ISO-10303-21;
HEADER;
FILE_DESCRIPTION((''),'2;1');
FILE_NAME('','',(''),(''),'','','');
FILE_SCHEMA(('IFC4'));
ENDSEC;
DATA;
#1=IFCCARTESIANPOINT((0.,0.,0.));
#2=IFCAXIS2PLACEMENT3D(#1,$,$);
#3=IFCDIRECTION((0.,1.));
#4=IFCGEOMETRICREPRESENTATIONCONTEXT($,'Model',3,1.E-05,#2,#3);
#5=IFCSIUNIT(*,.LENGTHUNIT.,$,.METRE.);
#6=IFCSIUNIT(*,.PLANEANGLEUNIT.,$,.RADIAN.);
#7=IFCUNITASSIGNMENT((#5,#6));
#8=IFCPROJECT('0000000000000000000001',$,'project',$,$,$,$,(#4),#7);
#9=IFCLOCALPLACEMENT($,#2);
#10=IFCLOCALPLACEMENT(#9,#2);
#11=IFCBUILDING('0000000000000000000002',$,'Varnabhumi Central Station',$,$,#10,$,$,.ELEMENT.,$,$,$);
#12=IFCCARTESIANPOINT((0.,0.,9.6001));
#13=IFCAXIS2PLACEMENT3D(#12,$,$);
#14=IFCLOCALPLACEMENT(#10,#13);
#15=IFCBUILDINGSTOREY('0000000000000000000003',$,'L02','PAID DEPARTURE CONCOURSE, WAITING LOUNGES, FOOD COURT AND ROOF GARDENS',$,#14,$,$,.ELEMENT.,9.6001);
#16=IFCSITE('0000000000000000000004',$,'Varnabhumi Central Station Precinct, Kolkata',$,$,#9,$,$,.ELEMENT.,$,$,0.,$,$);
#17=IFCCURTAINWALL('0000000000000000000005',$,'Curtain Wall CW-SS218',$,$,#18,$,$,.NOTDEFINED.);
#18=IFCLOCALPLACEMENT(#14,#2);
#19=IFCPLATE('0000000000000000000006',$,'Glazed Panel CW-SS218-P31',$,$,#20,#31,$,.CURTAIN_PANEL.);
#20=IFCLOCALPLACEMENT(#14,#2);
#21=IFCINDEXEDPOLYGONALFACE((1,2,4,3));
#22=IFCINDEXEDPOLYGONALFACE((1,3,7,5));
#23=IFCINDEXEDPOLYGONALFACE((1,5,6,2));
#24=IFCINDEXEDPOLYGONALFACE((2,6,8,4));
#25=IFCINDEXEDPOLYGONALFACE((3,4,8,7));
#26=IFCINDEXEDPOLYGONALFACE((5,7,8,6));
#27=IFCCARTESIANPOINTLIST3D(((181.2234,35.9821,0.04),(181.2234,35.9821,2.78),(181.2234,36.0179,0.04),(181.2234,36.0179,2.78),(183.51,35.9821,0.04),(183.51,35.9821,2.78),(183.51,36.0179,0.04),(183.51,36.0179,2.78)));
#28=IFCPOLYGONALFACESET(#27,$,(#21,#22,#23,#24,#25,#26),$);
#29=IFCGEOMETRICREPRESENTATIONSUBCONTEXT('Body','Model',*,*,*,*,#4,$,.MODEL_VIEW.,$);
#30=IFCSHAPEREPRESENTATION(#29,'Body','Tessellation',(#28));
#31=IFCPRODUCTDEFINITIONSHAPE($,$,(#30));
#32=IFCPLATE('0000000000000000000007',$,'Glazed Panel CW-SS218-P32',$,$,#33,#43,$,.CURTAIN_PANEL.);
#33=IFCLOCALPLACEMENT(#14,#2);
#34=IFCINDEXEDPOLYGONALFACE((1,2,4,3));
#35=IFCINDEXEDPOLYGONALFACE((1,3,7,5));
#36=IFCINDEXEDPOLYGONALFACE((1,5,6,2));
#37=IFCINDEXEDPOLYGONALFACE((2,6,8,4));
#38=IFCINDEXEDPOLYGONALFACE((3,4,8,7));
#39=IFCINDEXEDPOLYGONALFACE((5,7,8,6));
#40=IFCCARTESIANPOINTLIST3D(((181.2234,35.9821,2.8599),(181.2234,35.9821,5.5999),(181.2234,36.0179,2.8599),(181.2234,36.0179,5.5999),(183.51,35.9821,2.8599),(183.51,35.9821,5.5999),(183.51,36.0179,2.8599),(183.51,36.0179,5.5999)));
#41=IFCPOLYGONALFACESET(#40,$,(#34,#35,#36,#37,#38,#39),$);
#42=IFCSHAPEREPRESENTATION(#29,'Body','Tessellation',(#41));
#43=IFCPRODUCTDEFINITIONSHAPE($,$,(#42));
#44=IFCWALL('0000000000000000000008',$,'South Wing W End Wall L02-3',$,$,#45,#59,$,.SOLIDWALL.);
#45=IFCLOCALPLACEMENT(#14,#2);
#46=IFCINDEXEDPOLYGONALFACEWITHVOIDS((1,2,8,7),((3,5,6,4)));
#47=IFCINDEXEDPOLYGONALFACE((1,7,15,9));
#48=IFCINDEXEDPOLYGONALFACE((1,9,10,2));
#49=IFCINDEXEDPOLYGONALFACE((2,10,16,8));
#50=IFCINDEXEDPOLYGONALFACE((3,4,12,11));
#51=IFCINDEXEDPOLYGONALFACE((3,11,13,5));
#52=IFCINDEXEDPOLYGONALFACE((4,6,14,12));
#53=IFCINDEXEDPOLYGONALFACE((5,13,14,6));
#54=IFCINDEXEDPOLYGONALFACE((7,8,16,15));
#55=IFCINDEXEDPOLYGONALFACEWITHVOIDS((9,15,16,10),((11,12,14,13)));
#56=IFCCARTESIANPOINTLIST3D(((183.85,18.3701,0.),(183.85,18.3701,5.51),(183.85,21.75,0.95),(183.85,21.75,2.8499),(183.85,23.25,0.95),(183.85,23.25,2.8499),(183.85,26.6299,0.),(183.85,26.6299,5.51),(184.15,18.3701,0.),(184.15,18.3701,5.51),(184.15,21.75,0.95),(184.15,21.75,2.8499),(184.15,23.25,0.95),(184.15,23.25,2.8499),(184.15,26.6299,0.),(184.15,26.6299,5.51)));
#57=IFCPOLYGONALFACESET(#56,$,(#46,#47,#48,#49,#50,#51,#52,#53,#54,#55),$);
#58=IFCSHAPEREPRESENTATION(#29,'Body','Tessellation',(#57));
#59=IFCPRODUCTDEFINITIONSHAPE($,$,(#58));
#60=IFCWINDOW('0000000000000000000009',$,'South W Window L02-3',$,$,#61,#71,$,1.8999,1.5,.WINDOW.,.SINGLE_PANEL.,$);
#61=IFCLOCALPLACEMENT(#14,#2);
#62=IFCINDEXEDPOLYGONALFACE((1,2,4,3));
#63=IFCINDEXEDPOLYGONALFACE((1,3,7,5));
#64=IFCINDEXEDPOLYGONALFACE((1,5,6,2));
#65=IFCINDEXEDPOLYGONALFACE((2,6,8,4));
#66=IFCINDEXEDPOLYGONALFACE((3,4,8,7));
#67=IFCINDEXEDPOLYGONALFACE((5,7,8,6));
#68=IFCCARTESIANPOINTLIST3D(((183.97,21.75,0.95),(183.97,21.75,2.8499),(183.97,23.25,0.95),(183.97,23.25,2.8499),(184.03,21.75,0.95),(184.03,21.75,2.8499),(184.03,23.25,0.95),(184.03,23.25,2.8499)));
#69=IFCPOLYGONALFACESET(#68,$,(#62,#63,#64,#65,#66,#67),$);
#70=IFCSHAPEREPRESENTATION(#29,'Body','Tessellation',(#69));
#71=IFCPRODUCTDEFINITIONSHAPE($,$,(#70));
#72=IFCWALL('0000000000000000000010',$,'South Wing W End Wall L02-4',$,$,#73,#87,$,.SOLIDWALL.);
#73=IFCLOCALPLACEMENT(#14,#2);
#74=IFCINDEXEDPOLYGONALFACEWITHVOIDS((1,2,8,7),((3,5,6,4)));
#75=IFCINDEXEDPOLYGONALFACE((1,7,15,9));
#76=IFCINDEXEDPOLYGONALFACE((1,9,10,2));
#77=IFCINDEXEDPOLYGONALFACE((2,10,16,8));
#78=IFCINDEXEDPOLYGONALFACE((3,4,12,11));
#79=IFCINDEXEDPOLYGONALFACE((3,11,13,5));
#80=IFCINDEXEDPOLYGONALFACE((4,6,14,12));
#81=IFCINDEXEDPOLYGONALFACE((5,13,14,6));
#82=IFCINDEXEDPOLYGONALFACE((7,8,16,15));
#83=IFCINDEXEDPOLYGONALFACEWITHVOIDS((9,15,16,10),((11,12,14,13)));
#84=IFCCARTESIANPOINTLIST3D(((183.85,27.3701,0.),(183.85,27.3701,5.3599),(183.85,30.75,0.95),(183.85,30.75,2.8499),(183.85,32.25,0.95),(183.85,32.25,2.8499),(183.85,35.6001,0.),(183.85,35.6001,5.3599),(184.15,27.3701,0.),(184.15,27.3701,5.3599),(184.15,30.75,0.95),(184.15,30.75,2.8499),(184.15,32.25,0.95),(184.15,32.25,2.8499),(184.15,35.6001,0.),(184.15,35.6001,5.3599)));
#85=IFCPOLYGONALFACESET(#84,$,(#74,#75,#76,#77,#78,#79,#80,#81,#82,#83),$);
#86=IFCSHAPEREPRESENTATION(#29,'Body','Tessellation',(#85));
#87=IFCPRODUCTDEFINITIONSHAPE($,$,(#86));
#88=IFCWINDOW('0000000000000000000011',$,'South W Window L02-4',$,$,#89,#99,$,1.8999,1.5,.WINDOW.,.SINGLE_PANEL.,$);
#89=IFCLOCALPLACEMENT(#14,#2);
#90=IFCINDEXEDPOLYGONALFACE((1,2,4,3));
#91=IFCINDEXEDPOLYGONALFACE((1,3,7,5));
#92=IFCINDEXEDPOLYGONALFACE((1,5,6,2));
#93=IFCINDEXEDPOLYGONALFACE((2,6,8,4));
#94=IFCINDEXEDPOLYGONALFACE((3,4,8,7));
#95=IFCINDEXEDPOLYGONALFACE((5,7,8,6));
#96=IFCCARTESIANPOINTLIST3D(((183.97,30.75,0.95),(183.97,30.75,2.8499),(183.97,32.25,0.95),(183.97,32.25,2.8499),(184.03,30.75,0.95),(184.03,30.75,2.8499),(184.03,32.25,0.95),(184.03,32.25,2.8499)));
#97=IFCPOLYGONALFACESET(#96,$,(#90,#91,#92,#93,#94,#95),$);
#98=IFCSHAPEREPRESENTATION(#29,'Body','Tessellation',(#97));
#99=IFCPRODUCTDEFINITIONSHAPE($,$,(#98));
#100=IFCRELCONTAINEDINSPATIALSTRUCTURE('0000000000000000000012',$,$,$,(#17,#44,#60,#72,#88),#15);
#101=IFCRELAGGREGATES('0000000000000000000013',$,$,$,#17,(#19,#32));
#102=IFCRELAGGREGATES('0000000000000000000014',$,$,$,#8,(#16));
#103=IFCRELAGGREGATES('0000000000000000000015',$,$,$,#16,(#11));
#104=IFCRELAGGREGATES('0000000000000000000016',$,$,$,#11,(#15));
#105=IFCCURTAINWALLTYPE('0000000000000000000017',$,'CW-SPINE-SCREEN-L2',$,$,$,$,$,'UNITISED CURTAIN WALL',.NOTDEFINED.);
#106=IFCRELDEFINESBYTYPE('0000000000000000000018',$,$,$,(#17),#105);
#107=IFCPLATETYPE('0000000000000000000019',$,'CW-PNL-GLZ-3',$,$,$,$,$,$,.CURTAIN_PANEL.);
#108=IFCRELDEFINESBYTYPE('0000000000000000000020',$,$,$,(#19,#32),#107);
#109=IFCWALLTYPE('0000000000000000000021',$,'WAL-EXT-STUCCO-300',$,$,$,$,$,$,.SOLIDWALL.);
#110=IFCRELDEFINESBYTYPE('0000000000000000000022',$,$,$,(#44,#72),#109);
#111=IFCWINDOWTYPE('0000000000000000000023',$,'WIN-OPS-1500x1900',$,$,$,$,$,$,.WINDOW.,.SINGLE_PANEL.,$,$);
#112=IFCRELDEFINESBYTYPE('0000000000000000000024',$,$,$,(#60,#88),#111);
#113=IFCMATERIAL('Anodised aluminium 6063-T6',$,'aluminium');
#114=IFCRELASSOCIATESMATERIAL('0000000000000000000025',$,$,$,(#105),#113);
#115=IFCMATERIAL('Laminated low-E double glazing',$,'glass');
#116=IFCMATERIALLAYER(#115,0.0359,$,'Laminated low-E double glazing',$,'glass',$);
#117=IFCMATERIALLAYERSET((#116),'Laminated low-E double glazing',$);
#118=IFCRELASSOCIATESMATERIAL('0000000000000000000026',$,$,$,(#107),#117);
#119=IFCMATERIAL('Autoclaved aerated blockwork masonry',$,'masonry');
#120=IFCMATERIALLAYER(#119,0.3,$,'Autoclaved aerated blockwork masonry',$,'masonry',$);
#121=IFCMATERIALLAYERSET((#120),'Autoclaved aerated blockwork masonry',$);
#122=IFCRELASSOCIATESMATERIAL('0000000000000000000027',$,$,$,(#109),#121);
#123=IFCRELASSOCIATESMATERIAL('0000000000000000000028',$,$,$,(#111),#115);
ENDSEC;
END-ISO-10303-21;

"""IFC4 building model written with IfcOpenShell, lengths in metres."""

from ifc_helpers import new_model, si_unit, direction, frame, frame_2d, origin, origin_2d, place, context, subcontext, project, spatial, rectangle, extrude, material, layer, layer_set, type_object, element, fill, aggregate, save


model = new_model("IFC4")

# Units and contexts
model_context = context("Model", 3, precision=1e-05, world=origin(), true_north=direction((0.0, 1.0)))
body_context = subcontext(model_context, "Body", "Model", "MODEL_VIEW")
ifc_project = project(units=[si_unit("LENGTHUNIT", "METRE"), si_unit("PLANEANGLEUNIT", "RADIAN")], contexts=[model_context])

# Site, building, storey
site_placement = place(None, origin())
site = spatial("IfcSite", under=ifc_project, at=site_placement, Name="Varnabhumi Central Station Precinct, Kolkata", CompositionType="ELEMENT", RefElevation=0.0)
building_placement = place(site_placement, origin())
building = spatial("IfcBuilding", under=site, at=building_placement, Name="Varnabhumi Central Station", CompositionType="ELEMENT")
storey_placement = place(building_placement, frame((0.0, 0.0, 9.6001)))
storey = spatial("IfcBuildingStorey", under=building, at=storey_placement, Name="L02", Description="PAID DEPARTURE CONCOURSE, WAITING LOUNGES, FOOD COURT AND ROOF GARDENS", CompositionType="ELEMENT", Elevation=9.6001)

# Curtain wall
ifc_material_1 = material(Name="Anodised aluminium 6063-T6", Category="aluminium")
curtain_wall_type_1 = type_object("IfcCurtainWallType", Name="CW-SPINE-SCREEN-L2", ElementType="UNITISED CURTAIN WALL", PredefinedType="NOTDEFINED", material=ifc_material_1)
curtain_wall_1_placement = place(storey_placement, origin())
curtain_wall_1 = element("IfcCurtainWall", 1, at=curtain_wall_1_placement, inside=storey, type_object=curtain_wall_type_1, Name="Curtain Wall CW-SS218", PredefinedType="NOTDEFINED")

# Plates
ifc_material_2 = material(Name="Laminated low-E double glazing", Category="glass")
ifc_layer_1 = layer(ifc_material_2, 0.0359, Name="Laminated low-E double glazing", Category="glass")
ifc_layer_set_1 = layer_set([ifc_layer_1], Name="Laminated low-E double glazing")
plate_type = type_object("IfcPlateType", Name="CW-PNL-GLZ-3", PredefinedType="CURTAIN_PANEL", material=ifc_layer_set_1)
plate_1_placement = place(storey_placement, frame((182.3667, 36.0, 0.04), z_axis=(0.0, 0.0, 1.0), x_axis=(1.0, 0.0, 0.0)))
plate_1 = element("IfcPlate", 2, at=plate_1_placement, type_object=plate_type, Name="Glazed Panel CW-SS218-P31", PredefinedType="CURTAIN_PANEL", context=body_context, shape_type="SweptSolid", body=[
    extrude(rectangle(XDim=2.2866, YDim=0.0359, at=origin_2d()), origin(), (0.0, 0.0, 1.0), 2.74),
])
plate_2_placement = place(storey_placement, frame((182.3667, 36.0, 2.8599), z_axis=(0.0, 0.0, 1.0), x_axis=(1.0, 0.0, 0.0)))
plate_2 = element("IfcPlate", 3, at=plate_2_placement, type_object=plate_type, Name="Glazed Panel CW-SS218-P32", PredefinedType="CURTAIN_PANEL", context=body_context, shape_type="SweptSolid", body=[
    extrude(rectangle(XDim=2.2866, YDim=0.0359, at=origin_2d()), origin(), (0.0, 0.0, 1.0), 2.74),
])
aggregate(curtain_wall_1, [plate_1, plate_2])

# Walls, openings, windows
ifc_material_3 = material(Name="Autoclaved aerated blockwork masonry", Category="masonry")
ifc_layer_2 = layer(ifc_material_3, 0.3, Name="Autoclaved aerated blockwork masonry", Category="masonry")
ifc_layer_set_2 = layer_set([ifc_layer_2], Name="Autoclaved aerated blockwork masonry")
wall_type = type_object("IfcWallType", Name="WAL-EXT-STUCCO-300", PredefinedType="SOLIDWALL", material=ifc_layer_set_2)
wall_1_placement = place(storey_placement, frame((184.0, 18.3701, 0.0), z_axis=(0.0, 0.0, 1.0), x_axis=(0.0, 1.0, 0.0)))
wall_1 = element("IfcWall", 4, at=wall_1_placement, inside=storey, type_object=wall_type, Name="South Wing W End Wall L02-3", PredefinedType="SOLIDWALL", context=body_context, shape_type="SweptSolid", body=[
    extrude(rectangle(XDim=8.2598, YDim=0.3, at=frame_2d((4.1299, 0.0))), origin(), (0.0, 0.0, 1.0), 5.51),
])
opening_1_placement = place(wall_1_placement, frame((3.3799, 0.0, 0.95)))
opening_1 = element("IfcOpeningElement", 5, at=opening_1_placement, cuts=wall_1, PredefinedType="OPENING", context=body_context, shape_type="SweptSolid", body=[
    extrude(rectangle(XDim=1.5, YDim=1.8999, at=frame_2d((0.75, 0.95))), frame((0.0, 0.1599, 0.0), z_axis=(0.0, -1.0, 0.0), x_axis=(1.0, 0.0, 0.0)), (0.0, 0.0, 1.0), 0.3201),
])
window_type = type_object("IfcWindowType", Name="WIN-OPS-1500x1900", PartitioningType="SINGLE_PANEL", PredefinedType="WINDOW", material=ifc_material_2)
window_1_placement = place(opening_1_placement, origin())
window_1 = element("IfcWindow", 6, at=window_1_placement, inside=storey, type_object=window_type, Name="South W Window L02-3", OverallHeight=1.8999, OverallWidth=1.5, PartitioningType="SINGLE_PANEL", PredefinedType="WINDOW", context=body_context, shape_type="SweptSolid", body=[
    extrude(rectangle(XDim=1.5, YDim=1.8999, at=frame_2d((0.75, 0.95))), frame((0.0, 0.03, 0.0), z_axis=(0.0, -1.0, 0.0), x_axis=(1.0, 0.0, 0.0)), (0.0, 0.0, 1.0), 0.0601),
])
fill(opening_1, window_1)
wall_2_placement = place(storey_placement, frame((184.0, 27.3701, 0.0), z_axis=(0.0, 0.0, 1.0), x_axis=(0.0, 1.0, 0.0)))
wall_2 = element("IfcWall", 7, at=wall_2_placement, inside=storey, type_object=wall_type, Name="South Wing W End Wall L02-4", PredefinedType="SOLIDWALL", context=body_context, shape_type="SweptSolid", body=[
    extrude(rectangle(XDim=8.23, YDim=0.3, at=frame_2d((4.115, 0.0))), origin(), (0.0, 0.0, 1.0), 5.3599),
])
opening_2_placement = place(wall_2_placement, frame((3.3799, 0.0, 0.95)))
opening_2 = element("IfcOpeningElement", 8, at=opening_2_placement, cuts=wall_2, PredefinedType="OPENING", context=body_context, shape_type="SweptSolid", body=[
    extrude(rectangle(XDim=1.5, YDim=1.8999, at=frame_2d((0.75, 0.95))), frame((0.0, 0.1599, 0.0), z_axis=(0.0, -1.0, 0.0), x_axis=(1.0, 0.0, 0.0)), (0.0, 0.0, 1.0), 0.3201),
])
window_2_placement = place(opening_2_placement, origin())
window_2 = element("IfcWindow", 9, at=window_2_placement, inside=storey, type_object=window_type, Name="South W Window L02-4", OverallHeight=1.8999, OverallWidth=1.5, PartitioningType="SINGLE_PANEL", PredefinedType="WINDOW", context=body_context, shape_type="SweptSolid", body=[
    extrude(rectangle(XDim=1.5, YDim=1.8999, at=frame_2d((0.75, 0.95))), frame((0.0, 0.03, 0.0), z_axis=(0.0, -1.0, 0.0), x_axis=(1.0, 0.0, 0.0)), (0.0, 0.0, 1.0), 0.0601),
])
fill(opening_2, window_2)

save(model, "model.ifc")
